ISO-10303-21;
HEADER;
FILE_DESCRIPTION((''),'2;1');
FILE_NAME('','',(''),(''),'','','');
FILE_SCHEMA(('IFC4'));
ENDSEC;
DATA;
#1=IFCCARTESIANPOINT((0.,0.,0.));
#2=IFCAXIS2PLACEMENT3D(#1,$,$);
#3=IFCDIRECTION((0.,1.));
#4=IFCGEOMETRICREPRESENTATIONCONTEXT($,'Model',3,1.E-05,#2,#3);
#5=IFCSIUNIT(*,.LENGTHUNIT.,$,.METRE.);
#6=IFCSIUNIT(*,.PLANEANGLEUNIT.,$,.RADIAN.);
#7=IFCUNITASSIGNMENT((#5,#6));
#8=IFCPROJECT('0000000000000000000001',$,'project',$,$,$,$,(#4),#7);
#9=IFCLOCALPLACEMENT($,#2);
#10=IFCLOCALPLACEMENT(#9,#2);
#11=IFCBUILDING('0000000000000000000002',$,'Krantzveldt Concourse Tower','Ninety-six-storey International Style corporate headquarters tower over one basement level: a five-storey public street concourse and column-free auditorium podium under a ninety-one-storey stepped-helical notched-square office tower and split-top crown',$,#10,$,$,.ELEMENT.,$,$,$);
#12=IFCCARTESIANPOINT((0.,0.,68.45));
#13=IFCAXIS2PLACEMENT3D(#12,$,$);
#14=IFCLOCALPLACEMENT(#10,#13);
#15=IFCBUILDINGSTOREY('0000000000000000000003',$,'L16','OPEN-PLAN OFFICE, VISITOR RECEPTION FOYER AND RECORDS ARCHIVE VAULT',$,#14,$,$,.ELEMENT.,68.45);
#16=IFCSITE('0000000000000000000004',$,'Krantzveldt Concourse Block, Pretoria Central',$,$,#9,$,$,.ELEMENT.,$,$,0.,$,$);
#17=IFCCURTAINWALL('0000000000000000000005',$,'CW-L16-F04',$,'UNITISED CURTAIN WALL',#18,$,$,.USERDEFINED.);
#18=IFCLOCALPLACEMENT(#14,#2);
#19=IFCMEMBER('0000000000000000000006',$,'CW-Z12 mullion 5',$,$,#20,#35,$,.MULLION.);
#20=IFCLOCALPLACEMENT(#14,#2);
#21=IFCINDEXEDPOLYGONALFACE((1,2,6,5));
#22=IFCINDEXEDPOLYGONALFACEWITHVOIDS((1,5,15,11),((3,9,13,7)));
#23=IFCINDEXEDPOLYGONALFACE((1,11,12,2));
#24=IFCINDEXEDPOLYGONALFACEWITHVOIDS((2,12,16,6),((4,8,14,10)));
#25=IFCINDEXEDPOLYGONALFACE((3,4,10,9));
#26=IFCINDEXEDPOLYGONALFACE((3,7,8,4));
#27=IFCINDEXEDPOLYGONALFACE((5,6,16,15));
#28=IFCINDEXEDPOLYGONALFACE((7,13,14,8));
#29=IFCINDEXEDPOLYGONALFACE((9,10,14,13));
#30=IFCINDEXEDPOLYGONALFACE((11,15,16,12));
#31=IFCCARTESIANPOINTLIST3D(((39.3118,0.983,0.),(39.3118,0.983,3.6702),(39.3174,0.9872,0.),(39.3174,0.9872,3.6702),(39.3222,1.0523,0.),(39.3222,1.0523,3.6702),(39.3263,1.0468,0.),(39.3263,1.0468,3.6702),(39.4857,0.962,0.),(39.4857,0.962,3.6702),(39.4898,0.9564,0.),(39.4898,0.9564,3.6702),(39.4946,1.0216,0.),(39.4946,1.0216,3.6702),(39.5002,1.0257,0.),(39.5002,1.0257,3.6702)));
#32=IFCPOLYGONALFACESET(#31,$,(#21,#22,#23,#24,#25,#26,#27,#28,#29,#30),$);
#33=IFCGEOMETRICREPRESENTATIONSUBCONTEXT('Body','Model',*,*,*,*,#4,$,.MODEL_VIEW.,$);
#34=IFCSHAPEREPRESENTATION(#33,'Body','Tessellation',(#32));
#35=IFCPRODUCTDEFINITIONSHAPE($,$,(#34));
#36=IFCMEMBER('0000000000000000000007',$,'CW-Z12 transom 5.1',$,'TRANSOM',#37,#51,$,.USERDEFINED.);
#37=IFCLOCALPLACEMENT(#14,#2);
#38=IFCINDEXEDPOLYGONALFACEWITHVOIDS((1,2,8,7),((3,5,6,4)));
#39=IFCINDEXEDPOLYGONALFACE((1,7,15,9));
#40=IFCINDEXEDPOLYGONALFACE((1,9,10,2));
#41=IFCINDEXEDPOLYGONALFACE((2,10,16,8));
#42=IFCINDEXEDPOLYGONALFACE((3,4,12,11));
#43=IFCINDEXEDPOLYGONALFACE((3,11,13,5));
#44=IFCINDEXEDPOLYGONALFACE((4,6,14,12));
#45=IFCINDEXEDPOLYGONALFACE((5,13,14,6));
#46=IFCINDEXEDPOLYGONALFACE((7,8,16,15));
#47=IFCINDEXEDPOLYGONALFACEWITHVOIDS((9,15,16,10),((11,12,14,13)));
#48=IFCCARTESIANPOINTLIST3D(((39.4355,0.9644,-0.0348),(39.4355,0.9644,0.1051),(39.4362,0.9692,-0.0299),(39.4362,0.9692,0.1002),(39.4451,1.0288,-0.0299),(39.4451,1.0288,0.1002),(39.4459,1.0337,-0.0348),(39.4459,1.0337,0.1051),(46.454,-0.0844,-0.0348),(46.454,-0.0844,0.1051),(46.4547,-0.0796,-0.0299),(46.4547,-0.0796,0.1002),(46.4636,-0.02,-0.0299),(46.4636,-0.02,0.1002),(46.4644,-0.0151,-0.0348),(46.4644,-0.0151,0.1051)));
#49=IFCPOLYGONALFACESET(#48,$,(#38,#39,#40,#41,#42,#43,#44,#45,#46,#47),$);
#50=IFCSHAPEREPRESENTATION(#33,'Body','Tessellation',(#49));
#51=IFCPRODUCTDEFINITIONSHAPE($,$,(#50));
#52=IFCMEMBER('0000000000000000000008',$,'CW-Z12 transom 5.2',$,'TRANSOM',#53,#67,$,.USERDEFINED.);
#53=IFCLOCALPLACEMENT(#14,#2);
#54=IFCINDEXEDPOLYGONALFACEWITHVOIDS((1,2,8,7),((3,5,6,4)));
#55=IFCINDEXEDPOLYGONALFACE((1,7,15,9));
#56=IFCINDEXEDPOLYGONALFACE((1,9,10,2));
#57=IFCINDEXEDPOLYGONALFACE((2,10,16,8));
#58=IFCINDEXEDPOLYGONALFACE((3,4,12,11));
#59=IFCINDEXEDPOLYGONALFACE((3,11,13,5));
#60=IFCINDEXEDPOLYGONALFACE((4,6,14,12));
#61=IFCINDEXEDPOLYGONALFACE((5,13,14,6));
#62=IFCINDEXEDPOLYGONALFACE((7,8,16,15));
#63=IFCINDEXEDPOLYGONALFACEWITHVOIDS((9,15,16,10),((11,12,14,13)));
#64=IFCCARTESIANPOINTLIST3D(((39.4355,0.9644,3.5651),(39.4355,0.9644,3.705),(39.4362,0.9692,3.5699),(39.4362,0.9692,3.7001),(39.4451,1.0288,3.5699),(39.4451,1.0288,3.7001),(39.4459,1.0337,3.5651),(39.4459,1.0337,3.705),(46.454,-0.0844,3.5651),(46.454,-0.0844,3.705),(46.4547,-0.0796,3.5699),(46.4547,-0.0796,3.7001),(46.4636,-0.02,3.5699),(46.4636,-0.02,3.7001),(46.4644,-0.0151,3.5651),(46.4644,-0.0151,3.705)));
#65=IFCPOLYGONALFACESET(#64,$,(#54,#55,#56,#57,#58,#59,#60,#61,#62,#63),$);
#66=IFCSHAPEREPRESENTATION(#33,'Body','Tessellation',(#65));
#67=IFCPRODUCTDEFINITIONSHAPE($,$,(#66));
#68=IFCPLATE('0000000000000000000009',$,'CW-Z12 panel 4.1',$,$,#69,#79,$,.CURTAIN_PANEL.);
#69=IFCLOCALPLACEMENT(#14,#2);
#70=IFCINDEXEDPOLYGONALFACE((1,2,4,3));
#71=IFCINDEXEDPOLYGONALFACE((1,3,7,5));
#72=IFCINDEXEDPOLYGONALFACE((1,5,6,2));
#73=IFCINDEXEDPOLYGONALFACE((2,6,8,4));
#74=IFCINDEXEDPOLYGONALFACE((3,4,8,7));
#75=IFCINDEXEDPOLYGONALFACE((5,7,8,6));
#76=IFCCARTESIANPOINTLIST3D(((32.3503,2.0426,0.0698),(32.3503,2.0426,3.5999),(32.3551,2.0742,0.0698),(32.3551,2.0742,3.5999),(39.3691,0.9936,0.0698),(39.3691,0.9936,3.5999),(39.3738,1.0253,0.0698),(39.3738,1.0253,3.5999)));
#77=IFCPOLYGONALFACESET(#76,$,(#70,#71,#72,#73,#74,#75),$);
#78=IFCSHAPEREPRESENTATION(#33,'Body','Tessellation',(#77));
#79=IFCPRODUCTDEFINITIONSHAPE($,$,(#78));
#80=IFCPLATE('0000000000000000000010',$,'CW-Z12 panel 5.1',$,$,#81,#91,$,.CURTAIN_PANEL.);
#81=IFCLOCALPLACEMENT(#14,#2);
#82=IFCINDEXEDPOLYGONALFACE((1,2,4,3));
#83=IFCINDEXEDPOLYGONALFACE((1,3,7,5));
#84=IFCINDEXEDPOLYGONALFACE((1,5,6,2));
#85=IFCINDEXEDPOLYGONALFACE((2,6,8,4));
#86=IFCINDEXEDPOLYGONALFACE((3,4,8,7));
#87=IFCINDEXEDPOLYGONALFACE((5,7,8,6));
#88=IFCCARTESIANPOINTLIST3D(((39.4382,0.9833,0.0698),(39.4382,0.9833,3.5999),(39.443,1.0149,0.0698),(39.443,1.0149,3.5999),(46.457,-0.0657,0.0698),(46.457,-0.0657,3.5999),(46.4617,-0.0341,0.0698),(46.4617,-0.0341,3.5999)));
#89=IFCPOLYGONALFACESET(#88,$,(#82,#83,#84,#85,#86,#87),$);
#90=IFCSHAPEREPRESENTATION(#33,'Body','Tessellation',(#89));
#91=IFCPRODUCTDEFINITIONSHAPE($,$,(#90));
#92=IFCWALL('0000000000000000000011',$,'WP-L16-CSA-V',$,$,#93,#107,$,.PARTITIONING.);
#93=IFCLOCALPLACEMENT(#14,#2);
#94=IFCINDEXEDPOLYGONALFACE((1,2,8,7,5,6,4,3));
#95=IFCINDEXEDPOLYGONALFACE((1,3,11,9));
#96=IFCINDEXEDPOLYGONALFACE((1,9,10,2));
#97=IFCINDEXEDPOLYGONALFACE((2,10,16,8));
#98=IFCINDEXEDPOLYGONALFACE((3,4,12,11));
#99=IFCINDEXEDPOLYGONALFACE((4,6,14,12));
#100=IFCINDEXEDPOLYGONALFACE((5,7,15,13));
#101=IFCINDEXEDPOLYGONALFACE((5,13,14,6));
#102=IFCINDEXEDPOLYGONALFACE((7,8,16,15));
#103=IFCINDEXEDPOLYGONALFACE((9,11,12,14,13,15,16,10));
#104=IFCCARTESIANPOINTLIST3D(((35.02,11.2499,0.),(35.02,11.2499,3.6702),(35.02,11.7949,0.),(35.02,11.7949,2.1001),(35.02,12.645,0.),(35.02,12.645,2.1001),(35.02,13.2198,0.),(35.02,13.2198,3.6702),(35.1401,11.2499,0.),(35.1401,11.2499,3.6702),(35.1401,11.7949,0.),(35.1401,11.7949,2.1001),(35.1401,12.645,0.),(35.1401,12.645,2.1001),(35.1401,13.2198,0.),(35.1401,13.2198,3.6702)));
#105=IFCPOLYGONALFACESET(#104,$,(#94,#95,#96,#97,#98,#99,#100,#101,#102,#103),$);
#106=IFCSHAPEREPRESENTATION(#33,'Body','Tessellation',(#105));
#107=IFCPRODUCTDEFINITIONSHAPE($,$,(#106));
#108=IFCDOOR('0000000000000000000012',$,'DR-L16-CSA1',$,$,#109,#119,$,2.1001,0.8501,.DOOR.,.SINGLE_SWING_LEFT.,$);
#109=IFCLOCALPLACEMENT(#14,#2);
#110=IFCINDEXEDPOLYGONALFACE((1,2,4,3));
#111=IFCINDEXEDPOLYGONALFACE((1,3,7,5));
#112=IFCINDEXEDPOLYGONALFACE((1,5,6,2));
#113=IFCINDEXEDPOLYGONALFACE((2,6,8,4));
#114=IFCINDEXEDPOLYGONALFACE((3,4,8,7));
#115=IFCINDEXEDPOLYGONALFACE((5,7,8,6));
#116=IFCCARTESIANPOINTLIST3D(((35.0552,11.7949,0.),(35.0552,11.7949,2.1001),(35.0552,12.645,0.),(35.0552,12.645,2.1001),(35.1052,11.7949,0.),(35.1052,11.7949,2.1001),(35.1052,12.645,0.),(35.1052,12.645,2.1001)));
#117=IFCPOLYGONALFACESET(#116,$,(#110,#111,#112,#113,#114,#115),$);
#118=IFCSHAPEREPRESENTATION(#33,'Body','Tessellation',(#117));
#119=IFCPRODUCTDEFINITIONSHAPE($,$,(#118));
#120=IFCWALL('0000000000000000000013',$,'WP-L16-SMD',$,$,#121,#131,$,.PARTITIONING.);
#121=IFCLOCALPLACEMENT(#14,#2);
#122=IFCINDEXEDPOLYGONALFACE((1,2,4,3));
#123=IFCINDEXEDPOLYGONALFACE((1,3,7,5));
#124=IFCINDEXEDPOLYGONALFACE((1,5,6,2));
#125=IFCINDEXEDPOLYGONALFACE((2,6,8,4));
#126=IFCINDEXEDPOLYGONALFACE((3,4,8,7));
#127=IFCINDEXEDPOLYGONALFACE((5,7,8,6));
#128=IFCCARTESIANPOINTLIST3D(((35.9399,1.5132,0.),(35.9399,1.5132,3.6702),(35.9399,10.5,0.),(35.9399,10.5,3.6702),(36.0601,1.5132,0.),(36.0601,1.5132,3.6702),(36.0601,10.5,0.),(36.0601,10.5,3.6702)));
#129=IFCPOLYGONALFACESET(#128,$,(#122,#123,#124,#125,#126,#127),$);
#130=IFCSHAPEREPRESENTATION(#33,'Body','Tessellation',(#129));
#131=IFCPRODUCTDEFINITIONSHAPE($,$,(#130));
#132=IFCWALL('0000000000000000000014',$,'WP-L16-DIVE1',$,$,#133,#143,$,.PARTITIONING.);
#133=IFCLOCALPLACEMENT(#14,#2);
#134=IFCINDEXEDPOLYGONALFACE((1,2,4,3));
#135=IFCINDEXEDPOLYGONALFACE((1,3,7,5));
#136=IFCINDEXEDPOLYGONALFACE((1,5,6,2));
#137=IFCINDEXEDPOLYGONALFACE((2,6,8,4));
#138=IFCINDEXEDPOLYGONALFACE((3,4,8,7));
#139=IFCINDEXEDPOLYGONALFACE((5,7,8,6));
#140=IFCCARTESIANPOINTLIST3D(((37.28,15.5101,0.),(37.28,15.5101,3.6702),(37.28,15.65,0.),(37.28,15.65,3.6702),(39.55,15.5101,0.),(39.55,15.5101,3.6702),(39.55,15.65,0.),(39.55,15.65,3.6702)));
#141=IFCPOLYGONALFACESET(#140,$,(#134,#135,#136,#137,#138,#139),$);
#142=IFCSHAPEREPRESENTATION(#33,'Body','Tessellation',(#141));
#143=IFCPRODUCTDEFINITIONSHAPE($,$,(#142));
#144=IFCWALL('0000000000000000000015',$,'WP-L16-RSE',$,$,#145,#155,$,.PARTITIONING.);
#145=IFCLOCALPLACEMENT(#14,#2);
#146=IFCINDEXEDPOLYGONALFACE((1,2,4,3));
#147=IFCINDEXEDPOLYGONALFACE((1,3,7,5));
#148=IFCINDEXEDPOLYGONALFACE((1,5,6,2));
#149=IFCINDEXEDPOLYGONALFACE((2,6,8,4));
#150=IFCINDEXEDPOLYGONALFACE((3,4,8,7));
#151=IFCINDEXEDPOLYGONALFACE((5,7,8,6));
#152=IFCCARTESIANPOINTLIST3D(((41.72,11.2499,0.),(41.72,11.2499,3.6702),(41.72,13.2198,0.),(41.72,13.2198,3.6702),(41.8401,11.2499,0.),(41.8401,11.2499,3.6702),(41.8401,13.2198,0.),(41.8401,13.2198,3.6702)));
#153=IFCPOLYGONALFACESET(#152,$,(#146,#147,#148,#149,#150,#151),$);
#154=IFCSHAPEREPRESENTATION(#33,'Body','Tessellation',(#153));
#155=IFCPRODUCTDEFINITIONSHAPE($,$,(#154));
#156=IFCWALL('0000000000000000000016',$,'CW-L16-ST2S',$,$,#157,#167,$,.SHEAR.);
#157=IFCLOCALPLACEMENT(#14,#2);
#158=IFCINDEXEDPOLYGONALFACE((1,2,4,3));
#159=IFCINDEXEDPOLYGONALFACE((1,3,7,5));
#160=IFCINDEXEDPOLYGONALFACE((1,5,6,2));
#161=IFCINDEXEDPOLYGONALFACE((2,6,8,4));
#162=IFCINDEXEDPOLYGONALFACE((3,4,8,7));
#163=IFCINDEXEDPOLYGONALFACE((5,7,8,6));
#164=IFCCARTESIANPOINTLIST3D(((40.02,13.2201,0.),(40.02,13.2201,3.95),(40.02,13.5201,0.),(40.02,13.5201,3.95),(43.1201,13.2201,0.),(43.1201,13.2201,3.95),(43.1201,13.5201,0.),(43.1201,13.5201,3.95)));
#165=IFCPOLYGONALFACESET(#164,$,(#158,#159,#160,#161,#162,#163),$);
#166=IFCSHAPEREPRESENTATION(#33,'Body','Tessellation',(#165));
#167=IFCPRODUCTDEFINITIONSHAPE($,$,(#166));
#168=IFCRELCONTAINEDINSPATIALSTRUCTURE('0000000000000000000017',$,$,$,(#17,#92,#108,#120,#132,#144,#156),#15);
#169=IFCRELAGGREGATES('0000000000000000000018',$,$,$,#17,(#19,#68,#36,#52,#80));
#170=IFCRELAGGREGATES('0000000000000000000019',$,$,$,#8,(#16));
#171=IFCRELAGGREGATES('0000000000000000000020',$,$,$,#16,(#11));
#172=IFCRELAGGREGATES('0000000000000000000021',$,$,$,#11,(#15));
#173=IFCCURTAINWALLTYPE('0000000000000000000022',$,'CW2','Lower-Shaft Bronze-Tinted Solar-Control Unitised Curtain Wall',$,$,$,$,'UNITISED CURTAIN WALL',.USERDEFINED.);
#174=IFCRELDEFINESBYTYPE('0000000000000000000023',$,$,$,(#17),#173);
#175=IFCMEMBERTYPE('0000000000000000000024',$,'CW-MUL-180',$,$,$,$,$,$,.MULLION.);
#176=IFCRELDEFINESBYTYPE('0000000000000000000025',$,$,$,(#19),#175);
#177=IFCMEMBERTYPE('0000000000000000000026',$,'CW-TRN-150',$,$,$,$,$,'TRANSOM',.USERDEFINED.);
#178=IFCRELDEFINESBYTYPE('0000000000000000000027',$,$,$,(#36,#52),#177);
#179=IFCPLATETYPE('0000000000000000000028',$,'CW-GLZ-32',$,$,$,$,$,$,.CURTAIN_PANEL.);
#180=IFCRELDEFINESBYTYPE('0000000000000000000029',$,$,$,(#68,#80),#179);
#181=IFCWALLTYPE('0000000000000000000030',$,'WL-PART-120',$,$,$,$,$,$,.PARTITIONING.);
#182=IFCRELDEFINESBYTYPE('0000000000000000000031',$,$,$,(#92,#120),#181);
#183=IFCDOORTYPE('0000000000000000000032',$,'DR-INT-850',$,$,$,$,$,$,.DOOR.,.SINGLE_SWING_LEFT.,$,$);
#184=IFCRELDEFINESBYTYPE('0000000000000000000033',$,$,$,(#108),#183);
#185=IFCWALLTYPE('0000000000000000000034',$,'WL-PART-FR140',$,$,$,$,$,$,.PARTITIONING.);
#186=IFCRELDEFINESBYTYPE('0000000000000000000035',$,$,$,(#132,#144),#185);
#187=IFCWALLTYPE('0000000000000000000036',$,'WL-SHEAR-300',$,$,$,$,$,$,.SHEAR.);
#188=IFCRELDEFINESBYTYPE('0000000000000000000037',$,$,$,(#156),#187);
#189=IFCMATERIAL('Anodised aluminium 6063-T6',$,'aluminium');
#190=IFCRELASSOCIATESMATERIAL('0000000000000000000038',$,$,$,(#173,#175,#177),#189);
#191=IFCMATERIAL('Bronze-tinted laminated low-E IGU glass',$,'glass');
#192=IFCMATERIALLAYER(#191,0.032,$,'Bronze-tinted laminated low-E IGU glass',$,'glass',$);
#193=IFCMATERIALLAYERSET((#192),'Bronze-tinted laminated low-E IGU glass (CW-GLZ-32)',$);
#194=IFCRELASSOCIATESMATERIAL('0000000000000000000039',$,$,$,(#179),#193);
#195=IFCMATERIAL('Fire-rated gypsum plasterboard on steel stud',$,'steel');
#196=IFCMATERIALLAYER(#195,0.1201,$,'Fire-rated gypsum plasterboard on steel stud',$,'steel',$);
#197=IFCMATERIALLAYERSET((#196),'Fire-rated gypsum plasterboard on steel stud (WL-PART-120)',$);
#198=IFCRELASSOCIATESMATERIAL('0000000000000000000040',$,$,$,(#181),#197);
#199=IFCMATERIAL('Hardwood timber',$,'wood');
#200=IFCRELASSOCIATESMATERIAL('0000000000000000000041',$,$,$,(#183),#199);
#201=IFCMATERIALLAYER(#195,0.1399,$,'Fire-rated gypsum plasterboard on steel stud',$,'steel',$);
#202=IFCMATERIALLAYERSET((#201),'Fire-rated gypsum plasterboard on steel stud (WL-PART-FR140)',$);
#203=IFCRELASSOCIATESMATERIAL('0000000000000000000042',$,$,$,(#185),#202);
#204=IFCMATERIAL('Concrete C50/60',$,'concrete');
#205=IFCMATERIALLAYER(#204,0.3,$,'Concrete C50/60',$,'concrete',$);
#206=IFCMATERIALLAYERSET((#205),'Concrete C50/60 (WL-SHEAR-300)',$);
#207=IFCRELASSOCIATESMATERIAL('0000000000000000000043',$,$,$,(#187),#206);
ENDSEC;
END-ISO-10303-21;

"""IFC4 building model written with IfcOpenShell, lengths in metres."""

from ifc_helpers import new_model, si_unit, direction, frame, frame_2d, origin, origin_2d, place, context, subcontext, project, spatial, rectangle, hollow_rectangle, extrude, source, transform, mapped, material, layer, layer_set, material_profile, profile_set, type_object, type_shapes, element, fill, aggregate, save


model = new_model("IFC4")

# Units and contexts
model_context = context("Model", 3, precision=1e-05, world=origin(), true_north=direction((0.0, 1.0)))
body_context = subcontext(model_context, "Body", "Model", "MODEL_VIEW")
ifc_project = project(units=[si_unit("LENGTHUNIT", "METRE"), si_unit("PLANEANGLEUNIT", "RADIAN")], contexts=[model_context])

# Site, building, storey
site_placement = place(None, origin())
site = spatial("IfcSite", under=ifc_project, at=site_placement, Name="Krantzveldt Concourse Block, Pretoria Central", CompositionType="ELEMENT", RefElevation=0.0)
building_placement = place(site_placement, origin())
building = spatial("IfcBuilding", under=site, at=building_placement, Name="Krantzveldt Concourse Tower", Description="Ninety-six-storey International Style corporate headquarters tower over one basement level: a five-storey public street concourse and column-free auditorium podium under a ninety-one-storey stepped-helical notched-square office tower and split-top crown", CompositionType="ELEMENT")
storey_placement = place(building_placement, frame((0.0, 0.0, 68.45)))
storey = spatial("IfcBuildingStorey", under=building, at=storey_placement, Name="L16", Description="OPEN-PLAN OFFICE, VISITOR RECEPTION FOYER AND RECORDS ARCHIVE VAULT", CompositionType="ELEMENT", Elevation=68.45)

# Curtain wall, members, plates
ifc_material_1 = material(Name="Anodised aluminium 6063-T6", Category="aluminium")
curtain_wall_type = type_object("IfcCurtainWallType", Name="CW2", Description="Lower-Shaft Bronze-Tinted Solar-Control Unitised Curtain Wall", ElementType="UNITISED CURTAIN WALL", PredefinedType="USERDEFINED", material=ifc_material_1)
curtain_wall_placement = place(storey_placement, origin())
curtain_wall = element("IfcCurtainWall", 1, at=curtain_wall_placement, inside=storey, type_object=curtain_wall_type, Name="CW-L16-F04", ObjectType="UNITISED CURTAIN WALL", PredefinedType="USERDEFINED")
ifc_material_profile_1 = material_profile(ifc_material_1, hollow_rectangle(XDim=0.0701, YDim=0.1799, WallThickness=0.0049, at=origin_2d()), Name="Anodised aluminium 6063-T6", Category="aluminium")
ifc_profile_set_1 = profile_set([ifc_material_profile_1], Name="Anodised aluminium 6063-T6 - ALU-MULL 180x70x5")
member_type_1 = type_object("IfcMemberType", Name="CW-MUL-180", PredefinedType="MULLION", material=ifc_profile_set_1)
shared_shape_1 = source(origin(), body_context, "Body", "SweptSolid", [
    extrude(hollow_rectangle(XDim=0.0701, YDim=0.1799, WallThickness=0.0049, at=origin_2d()), origin(), (0.0, 0.0, 1.0), 3.6702),
])
type_shapes(member_type_1, [shared_shape_1])
member_1_placement = place(storey_placement, frame((39.406, 1.0044, 0.0), z_axis=(0.0, 0.0, 1.0), x_axis=(0.14781, 0.989016, 0.0)))
member_1 = element("IfcMember", 2, at=member_1_placement, type_object=member_type_1, Name="CW-Z12 mullion 5", PredefinedType="MULLION", context=body_context, shape_type="MappedRepresentation", body=[
    mapped(shared_shape_1, transform((0.0, 0.0, 0.0), x_axis=(1.0, 0.0, 0.0), y_axis=(0.0, 1.0, 0.0), z_axis=(0.0, 0.0, 1.0), scale=1.0)),
])
ifc_material_profile_2 = material_profile(ifc_material_1, hollow_rectangle(XDim=0.0701, YDim=0.1399, WallThickness=0.0049, at=origin_2d()), Name="Anodised aluminium 6063-T6", Category="aluminium")
ifc_profile_set_2 = profile_set([ifc_material_profile_2], Name="Anodised aluminium 6063-T6 - ALU-TRAN 140x70x5")
member_type_2 = type_object("IfcMemberType", Name="CW-TRN-150", ElementType="TRANSOM", PredefinedType="USERDEFINED", material=ifc_profile_set_2)
shared_shape_2 = source(origin(), body_context, "Body", "SweptSolid", [
    extrude(hollow_rectangle(XDim=0.0701, YDim=0.1399, WallThickness=0.0049, at=origin_2d()), origin(), (0.0, 0.0, 1.0), 7.0964),
])
type_shapes(member_type_2, [shared_shape_2])
member_2_placement = place(storey_placement, frame((39.4407, 0.999, 0.0352), z_axis=(0.989018, -0.147795, 0.0), x_axis=(0.147795, 0.989018, 0.0)))
member_2 = element("IfcMember", 3, at=member_2_placement, type_object=member_type_2, Name="CW-Z12 transom 5.1", ObjectType="TRANSOM", PredefinedType="USERDEFINED", context=body_context, shape_type="MappedRepresentation", body=[
    mapped(shared_shape_2, transform((0.0, 0.0, 0.0), x_axis=(1.0, 0.0, 0.0), y_axis=(0.0, 1.0, 0.0), z_axis=(0.0, 0.0, 1.0), scale=1.0)),
])
member_3_placement = place(storey_placement, frame((39.4407, 0.999, 3.635), z_axis=(0.989018, -0.147795, 0.0), x_axis=(0.147795, 0.989018, 0.0)))
member_3 = element("IfcMember", 4, at=member_3_placement, type_object=member_type_2, Name="CW-Z12 transom 5.2", ObjectType="TRANSOM", PredefinedType="USERDEFINED", context=body_context, shape_type="MappedRepresentation", body=[
    mapped(shared_shape_2, transform((0.0, 0.0, 0.0), x_axis=(1.0, 0.0, 0.0), y_axis=(0.0, 1.0, 0.0), z_axis=(0.0, 0.0, 1.0), scale=1.0)),
])
ifc_material_2 = material(Name="Bronze-tinted laminated low-E IGU glass", Category="glass")
ifc_layer_1 = layer(ifc_material_2, 0.032, Name="Bronze-tinted laminated low-E IGU glass", Category="glass")
ifc_layer_set_1 = layer_set([ifc_layer_1], Name="Bronze-tinted laminated low-E IGU glass (CW-GLZ-32)")
plate_type = type_object("IfcPlateType", Name="CW-GLZ-32", PredefinedType="CURTAIN_PANEL", material=ifc_layer_set_1)
shared_shape_3 = source(origin(), body_context, "Body", "SweptSolid", [
    extrude(rectangle(XDim=7.0967, YDim=0.032, at=origin_2d()), origin(), (0.0, 0.0, 1.0), 3.53),
])
type_shapes(plate_type, [shared_shape_3])
plate_1_placement = place(storey_placement, frame((35.8621, 1.5339, 0.0698), z_axis=(0.0, 0.0, 1.0), x_axis=(0.989016, -0.14781, 0.0)))
plate_1 = element("IfcPlate", 5, at=plate_1_placement, type_object=plate_type, Name="CW-Z12 panel 4.1", PredefinedType="CURTAIN_PANEL", context=body_context, shape_type="MappedRepresentation", body=[
    mapped(shared_shape_3, transform((0.0, 0.0, 0.0), x_axis=(1.0, 0.0, 0.0), y_axis=(0.0, 1.0, 0.0), z_axis=(0.0, 0.0, 1.0), scale=1.0)),
])
plate_2_placement = place(storey_placement, frame((42.95, 0.4746, 0.0698), z_axis=(0.0, 0.0, 1.0), x_axis=(0.989016, -0.14781, 0.0)))
plate_2 = element("IfcPlate", 6, at=plate_2_placement, type_object=plate_type, Name="CW-Z12 panel 5.1", PredefinedType="CURTAIN_PANEL", context=body_context, shape_type="MappedRepresentation", body=[
    mapped(shared_shape_3, transform((0.0, 0.0, 0.0), x_axis=(1.0, 0.0, 0.0), y_axis=(0.0, 1.0, 0.0), z_axis=(0.0, 0.0, 1.0), scale=1.0)),
])
aggregate(curtain_wall, [member_1, plate_1, member_2, member_3, plate_2])

# Wall, opening, door
ifc_material_3 = material(Name="Fire-rated gypsum plasterboard on steel stud", Category="steel")
ifc_layer_2 = layer(ifc_material_3, 0.1201, Name="Fire-rated gypsum plasterboard on steel stud", Category="steel")
ifc_layer_set_2 = layer_set([ifc_layer_2], Name="Fire-rated gypsum plasterboard on steel stud (WL-PART-120)")
wall_type_1 = type_object("IfcWallType", Name="WL-PART-120", PredefinedType="PARTITIONING", material=ifc_layer_set_2)
wall_1_placement = place(storey_placement, frame((35.0801, 11.25, 0.0), z_axis=(0.0, 0.0, 1.0), x_axis=(0.0, 1.0, 0.0)))
wall_1 = element("IfcWall", 7, at=wall_1_placement, inside=storey, type_object=wall_type_1, Name="WP-L16-CSA-V", PredefinedType="PARTITIONING", context=body_context, shape_type="SweptSolid", body=[
    extrude(rectangle(XDim=1.97, YDim=0.1201, at=frame_2d((0.9849, 0.0))), origin(), (0.0, 0.0, 1.0), 3.6702),
])
opening_1_placement = place(wall_1_placement, frame((0.5449, 0.0, 0.0)))
opening_1 = element("IfcOpeningElement", 8, at=opening_1_placement, cuts=wall_1, PredefinedType="OPENING", context=body_context, shape_type="SweptSolid", body=[
    extrude(rectangle(XDim=0.8501, YDim=2.1001, at=frame_2d((0.425, 1.05))), frame((0.0, 0.0701, 0.0), z_axis=(0.0, -1.0, 0.0), x_axis=(1.0, 0.0, 0.0)), (0.0, 0.0, 1.0), 0.1401),
])
ifc_material_4 = material(Name="Hardwood timber", Category="wood")
door_type_1 = type_object("IfcDoorType", Name="DR-INT-850", OperationType="SINGLE_SWING_LEFT", PredefinedType="DOOR", material=ifc_material_4)
door_1_placement = place(opening_1_placement, origin())
door_1 = element("IfcDoor", 9, at=door_1_placement, inside=storey, type_object=door_type_1, Name="DR-L16-CSA1", OperationType="SINGLE_SWING_LEFT", OverallHeight=2.1001, OverallWidth=0.8501, PredefinedType="DOOR", context=body_context, shape_type="SweptSolid", body=[
    extrude(rectangle(XDim=0.8501, YDim=2.1001, at=frame_2d((0.425, 1.05))), frame((0.0, 0.0249, 0.0), z_axis=(0.0, -1.0, 0.0), x_axis=(1.0, 0.0, 0.0)), (0.0, 0.0, 1.0), 0.05),
])
fill(opening_1, door_1)

# Wall
wall_2_placement = place(storey_placement, frame((36.0, 1.5132, 0.0), z_axis=(0.0, 0.0, 1.0), x_axis=(0.0, 1.0, 0.0)))
element("IfcWall", 10, at=wall_2_placement, inside=storey, type_object=wall_type_1, Name="WP-L16-SMD", PredefinedType="PARTITIONING", context=body_context, shape_type="SweptSolid", body=[
    extrude(rectangle(XDim=8.9868, YDim=0.1201, at=frame_2d((4.4934, 0.0))), origin(), (0.0, 0.0, 1.0), 3.6702),
])

# Shared definitions
ifc_layer_3 = layer(ifc_material_3, 0.1399, Name="Fire-rated gypsum plasterboard on steel stud", Category="steel")
ifc_layer_set_3 = layer_set([ifc_layer_3], Name="Fire-rated gypsum plasterboard on steel stud (WL-PART-FR140)")
wall_type_2 = type_object("IfcWallType", Name="WL-PART-FR140", PredefinedType="PARTITIONING", material=ifc_layer_set_3)

# Walls
wall_3_placement = place(storey_placement, frame((37.28, 15.5801, 0.0), z_axis=(0.0, 0.0, 1.0), x_axis=(1.0, 0.0, 0.0)))
element("IfcWall", 11, at=wall_3_placement, inside=storey, type_object=wall_type_2, Name="WP-L16-DIVE1", PredefinedType="PARTITIONING", context=body_context, shape_type="SweptSolid", body=[
    extrude(rectangle(XDim=2.27, YDim=0.1399, at=frame_2d((1.135, 0.0))), origin(), (0.0, 0.0, 1.0), 3.6702),
])
wall_4_placement = place(storey_placement, frame((41.78, 11.25, 0.0), z_axis=(0.0, 0.0, 1.0), x_axis=(0.0, 1.0, 0.0)))
element("IfcWall", 12, at=wall_4_placement, inside=storey, type_object=wall_type_2, Name="WP-L16-RSE", PredefinedType="PARTITIONING", context=body_context, shape_type="SweptSolid", body=[
    extrude(rectangle(XDim=1.97, YDim=0.1201, at=frame_2d((0.9849, 0.0))), origin(), (0.0, 0.0, 1.0), 3.6702),
])
ifc_material_5 = material(Name="Concrete C50/60", Category="concrete")
ifc_layer_4 = layer(ifc_material_5, 0.3, Name="Concrete C50/60", Category="concrete")
ifc_layer_set_4 = layer_set([ifc_layer_4], Name="Concrete C50/60 (WL-SHEAR-300)")
wall_type_3 = type_object("IfcWallType", Name="WL-SHEAR-300", PredefinedType="SHEAR", material=ifc_layer_set_4)
wall_5_placement = place(storey_placement, frame((40.02, 13.3701, 0.0), z_axis=(0.0, 0.0, 1.0), x_axis=(1.0, 0.0, 0.0)))
element("IfcWall", 13, at=wall_5_placement, inside=storey, type_object=wall_type_3, Name="CW-L16-ST2S", PredefinedType="SHEAR", context=body_context, shape_type="SweptSolid", body=[
    extrude(rectangle(XDim=3.1001, YDim=0.3, at=frame_2d((1.55, 0.0))), origin(), (0.0, 0.0, 1.0), 3.95),
])

save(model, "model.ifc")
